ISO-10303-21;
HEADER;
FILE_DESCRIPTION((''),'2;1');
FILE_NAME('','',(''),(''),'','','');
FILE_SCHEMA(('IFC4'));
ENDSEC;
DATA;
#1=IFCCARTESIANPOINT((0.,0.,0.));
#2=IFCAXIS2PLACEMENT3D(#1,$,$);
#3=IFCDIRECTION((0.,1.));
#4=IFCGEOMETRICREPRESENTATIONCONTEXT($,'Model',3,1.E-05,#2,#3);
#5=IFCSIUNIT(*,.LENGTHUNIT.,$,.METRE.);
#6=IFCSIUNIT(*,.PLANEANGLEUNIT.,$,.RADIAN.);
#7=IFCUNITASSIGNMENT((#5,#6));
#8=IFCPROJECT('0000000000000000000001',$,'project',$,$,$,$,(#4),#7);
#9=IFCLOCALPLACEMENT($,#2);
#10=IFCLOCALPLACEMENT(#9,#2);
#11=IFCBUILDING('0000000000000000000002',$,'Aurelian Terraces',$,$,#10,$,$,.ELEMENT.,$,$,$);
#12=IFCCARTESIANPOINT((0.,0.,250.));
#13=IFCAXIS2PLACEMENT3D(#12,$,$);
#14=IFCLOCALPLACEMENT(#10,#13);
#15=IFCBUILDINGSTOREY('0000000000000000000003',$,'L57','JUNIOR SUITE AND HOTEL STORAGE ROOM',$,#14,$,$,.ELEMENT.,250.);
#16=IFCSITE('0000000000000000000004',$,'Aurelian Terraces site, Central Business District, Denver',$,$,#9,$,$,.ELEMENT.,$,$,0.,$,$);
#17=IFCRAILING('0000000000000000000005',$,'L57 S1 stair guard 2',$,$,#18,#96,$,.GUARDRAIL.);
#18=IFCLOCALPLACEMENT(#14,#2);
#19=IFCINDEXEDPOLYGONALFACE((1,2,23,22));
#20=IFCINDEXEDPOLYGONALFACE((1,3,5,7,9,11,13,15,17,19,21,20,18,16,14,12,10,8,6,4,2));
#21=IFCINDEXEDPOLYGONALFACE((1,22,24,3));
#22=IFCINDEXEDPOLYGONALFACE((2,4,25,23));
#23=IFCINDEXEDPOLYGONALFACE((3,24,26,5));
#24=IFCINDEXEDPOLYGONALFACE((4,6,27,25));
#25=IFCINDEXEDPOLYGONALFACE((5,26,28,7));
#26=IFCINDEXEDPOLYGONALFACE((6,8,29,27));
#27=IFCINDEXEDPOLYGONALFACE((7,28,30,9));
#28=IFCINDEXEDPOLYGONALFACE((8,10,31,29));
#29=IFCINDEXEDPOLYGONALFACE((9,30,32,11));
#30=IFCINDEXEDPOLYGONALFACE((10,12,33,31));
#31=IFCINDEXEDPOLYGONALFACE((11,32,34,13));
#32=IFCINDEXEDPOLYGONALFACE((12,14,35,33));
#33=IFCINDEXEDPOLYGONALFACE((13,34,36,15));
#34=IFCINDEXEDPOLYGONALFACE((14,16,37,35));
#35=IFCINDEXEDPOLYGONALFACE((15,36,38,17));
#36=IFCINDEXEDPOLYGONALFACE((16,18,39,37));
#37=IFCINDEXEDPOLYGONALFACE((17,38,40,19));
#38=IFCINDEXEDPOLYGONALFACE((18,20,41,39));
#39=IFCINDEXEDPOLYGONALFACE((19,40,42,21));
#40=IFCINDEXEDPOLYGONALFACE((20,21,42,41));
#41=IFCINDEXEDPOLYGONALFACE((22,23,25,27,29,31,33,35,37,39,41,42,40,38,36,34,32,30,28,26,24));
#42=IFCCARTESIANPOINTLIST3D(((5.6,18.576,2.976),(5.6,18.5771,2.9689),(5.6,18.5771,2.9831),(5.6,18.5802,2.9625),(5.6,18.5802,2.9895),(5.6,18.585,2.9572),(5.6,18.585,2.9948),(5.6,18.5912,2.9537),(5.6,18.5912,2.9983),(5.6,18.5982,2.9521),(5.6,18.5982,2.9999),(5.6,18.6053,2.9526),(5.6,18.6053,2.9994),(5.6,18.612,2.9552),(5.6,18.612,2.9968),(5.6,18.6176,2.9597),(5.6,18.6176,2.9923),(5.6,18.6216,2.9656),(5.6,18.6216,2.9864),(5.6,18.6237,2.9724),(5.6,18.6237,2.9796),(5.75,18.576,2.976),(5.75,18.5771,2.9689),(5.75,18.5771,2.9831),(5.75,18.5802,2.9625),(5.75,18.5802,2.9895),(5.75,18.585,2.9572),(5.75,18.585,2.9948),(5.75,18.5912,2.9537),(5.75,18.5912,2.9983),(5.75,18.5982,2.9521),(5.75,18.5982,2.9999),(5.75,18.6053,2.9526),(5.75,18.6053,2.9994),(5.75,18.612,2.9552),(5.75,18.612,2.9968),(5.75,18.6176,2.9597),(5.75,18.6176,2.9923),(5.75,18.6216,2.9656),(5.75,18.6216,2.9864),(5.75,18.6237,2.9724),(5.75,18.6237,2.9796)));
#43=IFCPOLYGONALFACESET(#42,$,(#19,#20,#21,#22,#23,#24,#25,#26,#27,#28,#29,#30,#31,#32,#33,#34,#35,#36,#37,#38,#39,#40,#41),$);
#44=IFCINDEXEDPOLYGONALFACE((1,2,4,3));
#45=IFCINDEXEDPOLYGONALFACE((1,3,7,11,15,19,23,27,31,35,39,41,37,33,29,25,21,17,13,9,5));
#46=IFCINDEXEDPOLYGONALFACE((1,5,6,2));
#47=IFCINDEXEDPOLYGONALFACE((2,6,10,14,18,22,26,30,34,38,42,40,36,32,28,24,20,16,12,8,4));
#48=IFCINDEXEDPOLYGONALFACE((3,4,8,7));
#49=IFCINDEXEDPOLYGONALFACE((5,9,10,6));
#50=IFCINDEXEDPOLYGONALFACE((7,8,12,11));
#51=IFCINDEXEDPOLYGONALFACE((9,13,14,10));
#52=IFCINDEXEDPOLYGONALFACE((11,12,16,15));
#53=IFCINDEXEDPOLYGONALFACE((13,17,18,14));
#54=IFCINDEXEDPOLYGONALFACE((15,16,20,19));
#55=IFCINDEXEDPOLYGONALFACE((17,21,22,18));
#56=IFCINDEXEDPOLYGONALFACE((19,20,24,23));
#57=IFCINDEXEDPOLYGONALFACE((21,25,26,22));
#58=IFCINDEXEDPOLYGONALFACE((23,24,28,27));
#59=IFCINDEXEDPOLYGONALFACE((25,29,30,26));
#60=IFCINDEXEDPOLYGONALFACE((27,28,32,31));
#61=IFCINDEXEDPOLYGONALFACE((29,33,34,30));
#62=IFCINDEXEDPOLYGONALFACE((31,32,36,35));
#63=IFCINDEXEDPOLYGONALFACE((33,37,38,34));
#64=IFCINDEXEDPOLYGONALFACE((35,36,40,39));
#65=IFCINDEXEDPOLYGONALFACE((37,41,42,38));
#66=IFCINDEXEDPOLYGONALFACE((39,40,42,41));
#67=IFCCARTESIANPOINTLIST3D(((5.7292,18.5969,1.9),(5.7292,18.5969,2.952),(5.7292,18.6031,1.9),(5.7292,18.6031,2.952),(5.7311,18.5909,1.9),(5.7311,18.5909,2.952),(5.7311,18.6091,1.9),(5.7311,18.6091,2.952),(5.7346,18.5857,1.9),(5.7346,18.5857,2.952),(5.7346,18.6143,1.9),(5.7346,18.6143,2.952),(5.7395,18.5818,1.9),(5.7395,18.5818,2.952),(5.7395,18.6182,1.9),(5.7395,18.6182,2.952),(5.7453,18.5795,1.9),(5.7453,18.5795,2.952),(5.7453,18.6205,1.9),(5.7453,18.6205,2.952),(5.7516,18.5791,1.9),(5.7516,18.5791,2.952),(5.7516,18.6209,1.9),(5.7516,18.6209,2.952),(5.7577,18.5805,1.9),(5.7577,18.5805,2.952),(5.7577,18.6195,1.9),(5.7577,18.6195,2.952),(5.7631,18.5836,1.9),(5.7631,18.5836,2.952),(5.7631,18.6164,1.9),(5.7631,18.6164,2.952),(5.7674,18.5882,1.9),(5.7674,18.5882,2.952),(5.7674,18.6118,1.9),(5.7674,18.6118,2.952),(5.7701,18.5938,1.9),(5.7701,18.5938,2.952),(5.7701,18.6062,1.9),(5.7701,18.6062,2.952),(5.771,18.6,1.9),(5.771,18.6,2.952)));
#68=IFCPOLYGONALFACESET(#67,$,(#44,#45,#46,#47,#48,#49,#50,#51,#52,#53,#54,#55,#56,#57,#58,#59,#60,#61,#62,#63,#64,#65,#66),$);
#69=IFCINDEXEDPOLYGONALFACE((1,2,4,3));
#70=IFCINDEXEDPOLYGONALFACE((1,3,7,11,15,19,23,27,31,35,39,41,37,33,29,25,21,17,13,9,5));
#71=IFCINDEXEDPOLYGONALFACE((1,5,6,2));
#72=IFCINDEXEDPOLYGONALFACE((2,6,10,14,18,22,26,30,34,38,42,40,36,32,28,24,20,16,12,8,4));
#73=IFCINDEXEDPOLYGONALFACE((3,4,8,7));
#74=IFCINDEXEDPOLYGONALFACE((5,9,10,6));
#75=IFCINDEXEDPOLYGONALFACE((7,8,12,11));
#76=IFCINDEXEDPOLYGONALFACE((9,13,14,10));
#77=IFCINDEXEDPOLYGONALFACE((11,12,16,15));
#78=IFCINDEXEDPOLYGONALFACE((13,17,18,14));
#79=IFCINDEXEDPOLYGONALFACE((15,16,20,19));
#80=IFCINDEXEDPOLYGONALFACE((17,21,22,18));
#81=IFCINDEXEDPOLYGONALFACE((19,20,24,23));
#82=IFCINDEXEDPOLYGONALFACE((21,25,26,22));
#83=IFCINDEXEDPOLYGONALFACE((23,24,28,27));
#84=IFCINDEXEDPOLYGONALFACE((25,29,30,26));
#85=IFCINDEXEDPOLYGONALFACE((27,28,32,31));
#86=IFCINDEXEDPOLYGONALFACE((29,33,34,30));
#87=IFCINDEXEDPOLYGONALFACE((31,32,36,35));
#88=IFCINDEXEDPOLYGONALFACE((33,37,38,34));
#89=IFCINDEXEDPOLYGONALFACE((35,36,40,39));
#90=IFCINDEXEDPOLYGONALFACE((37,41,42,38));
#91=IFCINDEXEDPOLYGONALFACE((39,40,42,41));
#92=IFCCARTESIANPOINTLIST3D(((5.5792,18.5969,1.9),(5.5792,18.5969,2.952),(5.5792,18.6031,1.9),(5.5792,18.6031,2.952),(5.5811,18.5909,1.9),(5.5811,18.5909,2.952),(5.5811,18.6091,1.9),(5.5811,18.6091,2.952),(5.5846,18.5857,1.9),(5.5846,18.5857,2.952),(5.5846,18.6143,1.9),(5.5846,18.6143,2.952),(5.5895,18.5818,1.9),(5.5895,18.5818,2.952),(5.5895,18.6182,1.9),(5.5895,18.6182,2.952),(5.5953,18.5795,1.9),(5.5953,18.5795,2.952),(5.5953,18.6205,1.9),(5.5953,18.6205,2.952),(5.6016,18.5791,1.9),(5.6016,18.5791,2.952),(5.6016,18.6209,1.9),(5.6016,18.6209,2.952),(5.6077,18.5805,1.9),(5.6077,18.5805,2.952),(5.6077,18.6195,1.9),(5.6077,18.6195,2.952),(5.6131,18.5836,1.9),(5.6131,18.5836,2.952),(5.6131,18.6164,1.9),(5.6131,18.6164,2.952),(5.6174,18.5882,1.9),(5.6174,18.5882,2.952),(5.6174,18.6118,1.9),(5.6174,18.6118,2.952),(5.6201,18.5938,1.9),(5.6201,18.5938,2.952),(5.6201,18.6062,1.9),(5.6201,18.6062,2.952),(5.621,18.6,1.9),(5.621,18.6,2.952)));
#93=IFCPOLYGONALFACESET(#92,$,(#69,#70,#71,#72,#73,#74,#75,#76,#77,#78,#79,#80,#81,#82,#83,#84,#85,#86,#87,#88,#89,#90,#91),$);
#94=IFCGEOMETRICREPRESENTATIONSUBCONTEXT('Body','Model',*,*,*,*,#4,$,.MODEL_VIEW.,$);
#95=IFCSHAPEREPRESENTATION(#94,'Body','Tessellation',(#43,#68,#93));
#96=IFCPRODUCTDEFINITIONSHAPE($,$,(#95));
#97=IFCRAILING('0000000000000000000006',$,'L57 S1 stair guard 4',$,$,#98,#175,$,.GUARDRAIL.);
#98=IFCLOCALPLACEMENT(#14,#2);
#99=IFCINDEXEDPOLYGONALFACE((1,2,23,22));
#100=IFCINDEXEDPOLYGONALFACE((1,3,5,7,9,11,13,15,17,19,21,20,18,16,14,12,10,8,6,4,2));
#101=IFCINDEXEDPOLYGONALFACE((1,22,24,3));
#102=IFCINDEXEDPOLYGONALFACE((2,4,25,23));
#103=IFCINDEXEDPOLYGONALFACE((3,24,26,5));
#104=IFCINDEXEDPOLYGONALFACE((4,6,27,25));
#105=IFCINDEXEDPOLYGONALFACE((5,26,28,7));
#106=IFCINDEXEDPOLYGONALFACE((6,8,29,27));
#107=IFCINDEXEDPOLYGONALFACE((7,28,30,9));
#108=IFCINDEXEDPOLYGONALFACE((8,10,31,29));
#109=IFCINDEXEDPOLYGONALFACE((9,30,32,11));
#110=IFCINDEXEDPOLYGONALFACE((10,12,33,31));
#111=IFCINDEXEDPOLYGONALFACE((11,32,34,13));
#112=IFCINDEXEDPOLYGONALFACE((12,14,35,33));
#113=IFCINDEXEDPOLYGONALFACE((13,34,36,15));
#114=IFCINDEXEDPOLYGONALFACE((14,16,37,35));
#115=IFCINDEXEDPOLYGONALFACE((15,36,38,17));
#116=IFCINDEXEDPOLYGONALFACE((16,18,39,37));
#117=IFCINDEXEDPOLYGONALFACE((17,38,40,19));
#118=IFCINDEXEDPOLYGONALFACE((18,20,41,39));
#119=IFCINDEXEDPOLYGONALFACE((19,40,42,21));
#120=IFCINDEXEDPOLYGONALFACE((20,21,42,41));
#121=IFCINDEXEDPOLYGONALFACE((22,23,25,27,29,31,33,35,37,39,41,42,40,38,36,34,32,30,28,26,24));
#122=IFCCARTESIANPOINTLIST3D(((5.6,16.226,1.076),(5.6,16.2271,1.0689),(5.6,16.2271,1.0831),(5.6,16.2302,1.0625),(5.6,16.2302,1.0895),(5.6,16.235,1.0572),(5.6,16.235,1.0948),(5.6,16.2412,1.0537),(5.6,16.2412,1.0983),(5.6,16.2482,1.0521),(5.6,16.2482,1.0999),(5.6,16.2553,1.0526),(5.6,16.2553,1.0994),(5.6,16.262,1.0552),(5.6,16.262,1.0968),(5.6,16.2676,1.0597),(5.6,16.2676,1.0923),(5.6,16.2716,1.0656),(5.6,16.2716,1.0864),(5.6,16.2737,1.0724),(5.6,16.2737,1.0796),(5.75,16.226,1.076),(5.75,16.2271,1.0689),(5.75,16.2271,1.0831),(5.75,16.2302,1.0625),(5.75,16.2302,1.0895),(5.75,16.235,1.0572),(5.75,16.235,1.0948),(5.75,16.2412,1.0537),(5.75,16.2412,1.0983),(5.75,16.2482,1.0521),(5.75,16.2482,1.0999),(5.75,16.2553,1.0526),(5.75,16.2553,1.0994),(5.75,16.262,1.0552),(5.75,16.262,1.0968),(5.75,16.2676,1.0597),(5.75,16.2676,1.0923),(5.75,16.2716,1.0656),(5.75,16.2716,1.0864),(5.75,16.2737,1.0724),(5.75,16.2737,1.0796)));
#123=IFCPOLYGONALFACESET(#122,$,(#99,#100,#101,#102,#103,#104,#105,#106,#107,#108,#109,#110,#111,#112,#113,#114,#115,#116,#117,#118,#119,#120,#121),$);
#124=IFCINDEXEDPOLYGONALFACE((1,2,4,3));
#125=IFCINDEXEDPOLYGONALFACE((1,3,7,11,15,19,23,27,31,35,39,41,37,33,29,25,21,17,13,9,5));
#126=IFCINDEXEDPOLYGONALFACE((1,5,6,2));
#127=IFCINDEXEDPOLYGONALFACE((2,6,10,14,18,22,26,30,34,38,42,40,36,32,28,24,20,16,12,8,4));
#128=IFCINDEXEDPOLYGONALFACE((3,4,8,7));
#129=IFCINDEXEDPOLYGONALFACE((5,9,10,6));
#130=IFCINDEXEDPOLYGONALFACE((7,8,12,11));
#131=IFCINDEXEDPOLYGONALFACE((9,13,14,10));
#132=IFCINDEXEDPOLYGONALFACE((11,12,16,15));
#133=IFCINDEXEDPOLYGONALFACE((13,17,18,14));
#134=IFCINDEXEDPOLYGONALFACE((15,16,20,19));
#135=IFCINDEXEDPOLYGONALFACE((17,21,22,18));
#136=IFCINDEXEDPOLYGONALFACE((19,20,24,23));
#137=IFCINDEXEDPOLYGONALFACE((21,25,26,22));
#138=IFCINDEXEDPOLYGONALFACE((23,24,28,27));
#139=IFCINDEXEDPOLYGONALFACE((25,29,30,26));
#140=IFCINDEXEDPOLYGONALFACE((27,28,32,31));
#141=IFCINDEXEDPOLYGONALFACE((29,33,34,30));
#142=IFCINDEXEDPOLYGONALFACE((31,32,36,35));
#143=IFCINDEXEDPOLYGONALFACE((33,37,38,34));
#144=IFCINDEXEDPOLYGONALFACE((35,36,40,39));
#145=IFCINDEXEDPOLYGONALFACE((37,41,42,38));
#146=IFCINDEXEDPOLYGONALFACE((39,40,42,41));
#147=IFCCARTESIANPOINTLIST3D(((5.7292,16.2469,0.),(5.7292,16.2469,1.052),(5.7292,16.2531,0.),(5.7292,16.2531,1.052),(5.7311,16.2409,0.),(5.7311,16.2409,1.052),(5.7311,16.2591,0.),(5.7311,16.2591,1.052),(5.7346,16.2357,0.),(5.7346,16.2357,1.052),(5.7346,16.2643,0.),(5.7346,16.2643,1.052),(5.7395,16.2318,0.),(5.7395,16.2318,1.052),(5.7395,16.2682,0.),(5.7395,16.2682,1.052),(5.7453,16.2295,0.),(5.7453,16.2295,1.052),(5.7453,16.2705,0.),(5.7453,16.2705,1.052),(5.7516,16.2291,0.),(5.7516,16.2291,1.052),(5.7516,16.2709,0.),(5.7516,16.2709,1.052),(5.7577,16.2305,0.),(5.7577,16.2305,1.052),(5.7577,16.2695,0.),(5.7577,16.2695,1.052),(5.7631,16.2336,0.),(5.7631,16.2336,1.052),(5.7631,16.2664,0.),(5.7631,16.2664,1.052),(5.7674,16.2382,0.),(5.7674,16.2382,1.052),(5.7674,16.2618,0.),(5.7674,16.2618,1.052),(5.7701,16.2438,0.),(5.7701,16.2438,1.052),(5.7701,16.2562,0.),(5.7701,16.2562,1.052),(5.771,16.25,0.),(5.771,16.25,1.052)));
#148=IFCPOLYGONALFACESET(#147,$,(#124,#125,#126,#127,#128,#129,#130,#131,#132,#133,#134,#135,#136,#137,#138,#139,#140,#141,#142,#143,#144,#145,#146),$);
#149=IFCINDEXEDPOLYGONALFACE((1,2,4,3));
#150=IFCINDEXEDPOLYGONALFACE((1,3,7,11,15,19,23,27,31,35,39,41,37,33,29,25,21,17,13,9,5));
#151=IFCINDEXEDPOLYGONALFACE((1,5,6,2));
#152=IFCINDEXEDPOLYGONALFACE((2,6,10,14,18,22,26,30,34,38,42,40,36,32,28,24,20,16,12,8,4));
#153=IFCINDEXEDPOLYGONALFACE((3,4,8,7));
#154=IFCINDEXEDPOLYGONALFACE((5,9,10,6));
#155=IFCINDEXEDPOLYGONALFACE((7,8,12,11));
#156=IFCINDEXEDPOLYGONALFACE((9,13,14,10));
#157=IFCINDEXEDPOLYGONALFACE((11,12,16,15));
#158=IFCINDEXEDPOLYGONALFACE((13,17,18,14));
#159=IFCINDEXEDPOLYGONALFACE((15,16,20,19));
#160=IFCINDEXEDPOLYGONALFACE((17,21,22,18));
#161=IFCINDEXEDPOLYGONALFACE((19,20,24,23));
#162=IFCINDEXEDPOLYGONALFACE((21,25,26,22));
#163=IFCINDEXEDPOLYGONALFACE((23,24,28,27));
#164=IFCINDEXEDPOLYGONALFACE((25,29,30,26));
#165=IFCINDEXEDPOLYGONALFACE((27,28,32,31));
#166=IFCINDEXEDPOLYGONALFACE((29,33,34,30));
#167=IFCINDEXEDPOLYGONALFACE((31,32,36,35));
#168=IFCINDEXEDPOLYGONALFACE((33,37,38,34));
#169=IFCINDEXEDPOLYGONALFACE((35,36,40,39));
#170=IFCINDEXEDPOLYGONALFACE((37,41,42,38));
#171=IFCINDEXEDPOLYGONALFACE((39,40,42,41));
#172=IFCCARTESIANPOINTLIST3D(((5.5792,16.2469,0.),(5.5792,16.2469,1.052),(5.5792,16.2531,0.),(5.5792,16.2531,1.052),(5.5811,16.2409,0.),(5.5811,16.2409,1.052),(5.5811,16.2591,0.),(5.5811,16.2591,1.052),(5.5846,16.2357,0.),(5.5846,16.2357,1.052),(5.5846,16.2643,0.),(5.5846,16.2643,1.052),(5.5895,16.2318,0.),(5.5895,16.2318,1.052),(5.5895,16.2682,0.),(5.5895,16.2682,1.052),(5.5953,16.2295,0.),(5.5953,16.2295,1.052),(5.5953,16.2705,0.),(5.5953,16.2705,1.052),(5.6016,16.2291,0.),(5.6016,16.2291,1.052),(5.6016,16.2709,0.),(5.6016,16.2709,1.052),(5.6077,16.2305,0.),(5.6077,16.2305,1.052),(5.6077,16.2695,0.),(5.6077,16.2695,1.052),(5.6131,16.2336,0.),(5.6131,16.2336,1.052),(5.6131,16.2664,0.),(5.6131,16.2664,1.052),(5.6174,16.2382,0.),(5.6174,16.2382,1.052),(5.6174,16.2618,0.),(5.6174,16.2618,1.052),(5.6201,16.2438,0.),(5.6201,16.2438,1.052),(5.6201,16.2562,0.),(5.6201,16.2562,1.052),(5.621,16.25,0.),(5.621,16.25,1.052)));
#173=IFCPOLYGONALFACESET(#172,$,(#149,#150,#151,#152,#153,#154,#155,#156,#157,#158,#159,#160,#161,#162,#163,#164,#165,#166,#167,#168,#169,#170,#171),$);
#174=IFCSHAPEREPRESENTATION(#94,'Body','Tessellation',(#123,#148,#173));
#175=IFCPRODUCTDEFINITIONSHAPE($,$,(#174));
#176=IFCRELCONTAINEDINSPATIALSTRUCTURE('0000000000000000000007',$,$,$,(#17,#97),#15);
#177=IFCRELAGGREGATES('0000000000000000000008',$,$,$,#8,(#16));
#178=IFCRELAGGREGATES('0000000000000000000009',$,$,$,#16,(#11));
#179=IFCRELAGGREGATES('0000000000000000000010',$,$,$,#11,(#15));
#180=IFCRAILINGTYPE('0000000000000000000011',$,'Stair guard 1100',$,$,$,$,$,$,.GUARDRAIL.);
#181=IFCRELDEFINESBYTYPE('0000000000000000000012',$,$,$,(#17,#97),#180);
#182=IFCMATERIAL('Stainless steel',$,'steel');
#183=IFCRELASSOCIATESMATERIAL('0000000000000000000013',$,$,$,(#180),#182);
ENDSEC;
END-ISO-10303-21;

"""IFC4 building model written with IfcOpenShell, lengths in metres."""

from ifc_helpers import new_model, si_unit, direction, frame, origin, origin_2d, place, context, subcontext, project, spatial, circle, extrude, source, transform, mapped, material, type_object, element, save


model = new_model("IFC4")

# Units and contexts
model_context = context("Model", 3, precision=1e-05, world=origin(), true_north=direction((0.0, 1.0)))
body_context = subcontext(model_context, "Body", "Model", "MODEL_VIEW")
ifc_project = project(units=[si_unit("LENGTHUNIT", "METRE"), si_unit("PLANEANGLEUNIT", "RADIAN")], contexts=[model_context])

# Site, building, storey
site_placement = place(None, origin())
site = spatial("IfcSite", under=ifc_project, at=site_placement, Name="Aurelian Terraces site, Central Business District, Denver", CompositionType="ELEMENT", RefElevation=0.0)
building_placement = place(site_placement, origin())
building = spatial("IfcBuilding", under=site, at=building_placement, Name="Aurelian Terraces", CompositionType="ELEMENT")
storey_placement = place(building_placement, frame((0.0, 0.0, 250.0)))
storey = spatial("IfcBuildingStorey", under=building, at=storey_placement, Name="L57", Description="JUNIOR SUITE AND HOTEL STORAGE ROOM", CompositionType="ELEMENT", Elevation=250.0)

# Railings
ifc_material_1 = material(Name="Stainless steel", Category="steel")
railing_type_1 = type_object("IfcRailingType", Name="Stair guard 1100", PredefinedType="GUARDRAIL", material=ifc_material_1)
shared_shape_1 = source(origin(), body_context, "Body", "SweptSolid", [
    extrude(circle(Radius=0.024, at=origin_2d()), frame((0.0, 0.0, 1.076), z_axis=(-1.0, 0.0, 0.0), x_axis=(0.0, -1.0, 0.0)), (0.0, 0.0, 1.0), 0.15),
    extrude(circle(Radius=0.021, at=origin_2d()), origin(), (0.0, 0.0, 1.0), 1.052),
    extrude(circle(Radius=0.021, at=origin_2d()), frame((-0.15, 0.0, 0.0)), (0.0, 0.0, 1.0), 1.052),
])
for number, where, name in (
    (1, (5.75, 18.6, 1.9), "L57 S1 stair guard 2"),
    (2, (5.75, 16.25, 0.0), "L57 S1 stair guard 4"),
):
    element("IfcRailing", number, at=place(storey_placement, frame(where)), inside=storey, type_object=railing_type_1, Name=name, PredefinedType="GUARDRAIL", context=body_context, shape_type="MappedRepresentation", body=[
        mapped(shared_shape_1, transform((0.0, 0.0, 0.0), scale=1.0)),
    ])

save(model, "model.ifc")
